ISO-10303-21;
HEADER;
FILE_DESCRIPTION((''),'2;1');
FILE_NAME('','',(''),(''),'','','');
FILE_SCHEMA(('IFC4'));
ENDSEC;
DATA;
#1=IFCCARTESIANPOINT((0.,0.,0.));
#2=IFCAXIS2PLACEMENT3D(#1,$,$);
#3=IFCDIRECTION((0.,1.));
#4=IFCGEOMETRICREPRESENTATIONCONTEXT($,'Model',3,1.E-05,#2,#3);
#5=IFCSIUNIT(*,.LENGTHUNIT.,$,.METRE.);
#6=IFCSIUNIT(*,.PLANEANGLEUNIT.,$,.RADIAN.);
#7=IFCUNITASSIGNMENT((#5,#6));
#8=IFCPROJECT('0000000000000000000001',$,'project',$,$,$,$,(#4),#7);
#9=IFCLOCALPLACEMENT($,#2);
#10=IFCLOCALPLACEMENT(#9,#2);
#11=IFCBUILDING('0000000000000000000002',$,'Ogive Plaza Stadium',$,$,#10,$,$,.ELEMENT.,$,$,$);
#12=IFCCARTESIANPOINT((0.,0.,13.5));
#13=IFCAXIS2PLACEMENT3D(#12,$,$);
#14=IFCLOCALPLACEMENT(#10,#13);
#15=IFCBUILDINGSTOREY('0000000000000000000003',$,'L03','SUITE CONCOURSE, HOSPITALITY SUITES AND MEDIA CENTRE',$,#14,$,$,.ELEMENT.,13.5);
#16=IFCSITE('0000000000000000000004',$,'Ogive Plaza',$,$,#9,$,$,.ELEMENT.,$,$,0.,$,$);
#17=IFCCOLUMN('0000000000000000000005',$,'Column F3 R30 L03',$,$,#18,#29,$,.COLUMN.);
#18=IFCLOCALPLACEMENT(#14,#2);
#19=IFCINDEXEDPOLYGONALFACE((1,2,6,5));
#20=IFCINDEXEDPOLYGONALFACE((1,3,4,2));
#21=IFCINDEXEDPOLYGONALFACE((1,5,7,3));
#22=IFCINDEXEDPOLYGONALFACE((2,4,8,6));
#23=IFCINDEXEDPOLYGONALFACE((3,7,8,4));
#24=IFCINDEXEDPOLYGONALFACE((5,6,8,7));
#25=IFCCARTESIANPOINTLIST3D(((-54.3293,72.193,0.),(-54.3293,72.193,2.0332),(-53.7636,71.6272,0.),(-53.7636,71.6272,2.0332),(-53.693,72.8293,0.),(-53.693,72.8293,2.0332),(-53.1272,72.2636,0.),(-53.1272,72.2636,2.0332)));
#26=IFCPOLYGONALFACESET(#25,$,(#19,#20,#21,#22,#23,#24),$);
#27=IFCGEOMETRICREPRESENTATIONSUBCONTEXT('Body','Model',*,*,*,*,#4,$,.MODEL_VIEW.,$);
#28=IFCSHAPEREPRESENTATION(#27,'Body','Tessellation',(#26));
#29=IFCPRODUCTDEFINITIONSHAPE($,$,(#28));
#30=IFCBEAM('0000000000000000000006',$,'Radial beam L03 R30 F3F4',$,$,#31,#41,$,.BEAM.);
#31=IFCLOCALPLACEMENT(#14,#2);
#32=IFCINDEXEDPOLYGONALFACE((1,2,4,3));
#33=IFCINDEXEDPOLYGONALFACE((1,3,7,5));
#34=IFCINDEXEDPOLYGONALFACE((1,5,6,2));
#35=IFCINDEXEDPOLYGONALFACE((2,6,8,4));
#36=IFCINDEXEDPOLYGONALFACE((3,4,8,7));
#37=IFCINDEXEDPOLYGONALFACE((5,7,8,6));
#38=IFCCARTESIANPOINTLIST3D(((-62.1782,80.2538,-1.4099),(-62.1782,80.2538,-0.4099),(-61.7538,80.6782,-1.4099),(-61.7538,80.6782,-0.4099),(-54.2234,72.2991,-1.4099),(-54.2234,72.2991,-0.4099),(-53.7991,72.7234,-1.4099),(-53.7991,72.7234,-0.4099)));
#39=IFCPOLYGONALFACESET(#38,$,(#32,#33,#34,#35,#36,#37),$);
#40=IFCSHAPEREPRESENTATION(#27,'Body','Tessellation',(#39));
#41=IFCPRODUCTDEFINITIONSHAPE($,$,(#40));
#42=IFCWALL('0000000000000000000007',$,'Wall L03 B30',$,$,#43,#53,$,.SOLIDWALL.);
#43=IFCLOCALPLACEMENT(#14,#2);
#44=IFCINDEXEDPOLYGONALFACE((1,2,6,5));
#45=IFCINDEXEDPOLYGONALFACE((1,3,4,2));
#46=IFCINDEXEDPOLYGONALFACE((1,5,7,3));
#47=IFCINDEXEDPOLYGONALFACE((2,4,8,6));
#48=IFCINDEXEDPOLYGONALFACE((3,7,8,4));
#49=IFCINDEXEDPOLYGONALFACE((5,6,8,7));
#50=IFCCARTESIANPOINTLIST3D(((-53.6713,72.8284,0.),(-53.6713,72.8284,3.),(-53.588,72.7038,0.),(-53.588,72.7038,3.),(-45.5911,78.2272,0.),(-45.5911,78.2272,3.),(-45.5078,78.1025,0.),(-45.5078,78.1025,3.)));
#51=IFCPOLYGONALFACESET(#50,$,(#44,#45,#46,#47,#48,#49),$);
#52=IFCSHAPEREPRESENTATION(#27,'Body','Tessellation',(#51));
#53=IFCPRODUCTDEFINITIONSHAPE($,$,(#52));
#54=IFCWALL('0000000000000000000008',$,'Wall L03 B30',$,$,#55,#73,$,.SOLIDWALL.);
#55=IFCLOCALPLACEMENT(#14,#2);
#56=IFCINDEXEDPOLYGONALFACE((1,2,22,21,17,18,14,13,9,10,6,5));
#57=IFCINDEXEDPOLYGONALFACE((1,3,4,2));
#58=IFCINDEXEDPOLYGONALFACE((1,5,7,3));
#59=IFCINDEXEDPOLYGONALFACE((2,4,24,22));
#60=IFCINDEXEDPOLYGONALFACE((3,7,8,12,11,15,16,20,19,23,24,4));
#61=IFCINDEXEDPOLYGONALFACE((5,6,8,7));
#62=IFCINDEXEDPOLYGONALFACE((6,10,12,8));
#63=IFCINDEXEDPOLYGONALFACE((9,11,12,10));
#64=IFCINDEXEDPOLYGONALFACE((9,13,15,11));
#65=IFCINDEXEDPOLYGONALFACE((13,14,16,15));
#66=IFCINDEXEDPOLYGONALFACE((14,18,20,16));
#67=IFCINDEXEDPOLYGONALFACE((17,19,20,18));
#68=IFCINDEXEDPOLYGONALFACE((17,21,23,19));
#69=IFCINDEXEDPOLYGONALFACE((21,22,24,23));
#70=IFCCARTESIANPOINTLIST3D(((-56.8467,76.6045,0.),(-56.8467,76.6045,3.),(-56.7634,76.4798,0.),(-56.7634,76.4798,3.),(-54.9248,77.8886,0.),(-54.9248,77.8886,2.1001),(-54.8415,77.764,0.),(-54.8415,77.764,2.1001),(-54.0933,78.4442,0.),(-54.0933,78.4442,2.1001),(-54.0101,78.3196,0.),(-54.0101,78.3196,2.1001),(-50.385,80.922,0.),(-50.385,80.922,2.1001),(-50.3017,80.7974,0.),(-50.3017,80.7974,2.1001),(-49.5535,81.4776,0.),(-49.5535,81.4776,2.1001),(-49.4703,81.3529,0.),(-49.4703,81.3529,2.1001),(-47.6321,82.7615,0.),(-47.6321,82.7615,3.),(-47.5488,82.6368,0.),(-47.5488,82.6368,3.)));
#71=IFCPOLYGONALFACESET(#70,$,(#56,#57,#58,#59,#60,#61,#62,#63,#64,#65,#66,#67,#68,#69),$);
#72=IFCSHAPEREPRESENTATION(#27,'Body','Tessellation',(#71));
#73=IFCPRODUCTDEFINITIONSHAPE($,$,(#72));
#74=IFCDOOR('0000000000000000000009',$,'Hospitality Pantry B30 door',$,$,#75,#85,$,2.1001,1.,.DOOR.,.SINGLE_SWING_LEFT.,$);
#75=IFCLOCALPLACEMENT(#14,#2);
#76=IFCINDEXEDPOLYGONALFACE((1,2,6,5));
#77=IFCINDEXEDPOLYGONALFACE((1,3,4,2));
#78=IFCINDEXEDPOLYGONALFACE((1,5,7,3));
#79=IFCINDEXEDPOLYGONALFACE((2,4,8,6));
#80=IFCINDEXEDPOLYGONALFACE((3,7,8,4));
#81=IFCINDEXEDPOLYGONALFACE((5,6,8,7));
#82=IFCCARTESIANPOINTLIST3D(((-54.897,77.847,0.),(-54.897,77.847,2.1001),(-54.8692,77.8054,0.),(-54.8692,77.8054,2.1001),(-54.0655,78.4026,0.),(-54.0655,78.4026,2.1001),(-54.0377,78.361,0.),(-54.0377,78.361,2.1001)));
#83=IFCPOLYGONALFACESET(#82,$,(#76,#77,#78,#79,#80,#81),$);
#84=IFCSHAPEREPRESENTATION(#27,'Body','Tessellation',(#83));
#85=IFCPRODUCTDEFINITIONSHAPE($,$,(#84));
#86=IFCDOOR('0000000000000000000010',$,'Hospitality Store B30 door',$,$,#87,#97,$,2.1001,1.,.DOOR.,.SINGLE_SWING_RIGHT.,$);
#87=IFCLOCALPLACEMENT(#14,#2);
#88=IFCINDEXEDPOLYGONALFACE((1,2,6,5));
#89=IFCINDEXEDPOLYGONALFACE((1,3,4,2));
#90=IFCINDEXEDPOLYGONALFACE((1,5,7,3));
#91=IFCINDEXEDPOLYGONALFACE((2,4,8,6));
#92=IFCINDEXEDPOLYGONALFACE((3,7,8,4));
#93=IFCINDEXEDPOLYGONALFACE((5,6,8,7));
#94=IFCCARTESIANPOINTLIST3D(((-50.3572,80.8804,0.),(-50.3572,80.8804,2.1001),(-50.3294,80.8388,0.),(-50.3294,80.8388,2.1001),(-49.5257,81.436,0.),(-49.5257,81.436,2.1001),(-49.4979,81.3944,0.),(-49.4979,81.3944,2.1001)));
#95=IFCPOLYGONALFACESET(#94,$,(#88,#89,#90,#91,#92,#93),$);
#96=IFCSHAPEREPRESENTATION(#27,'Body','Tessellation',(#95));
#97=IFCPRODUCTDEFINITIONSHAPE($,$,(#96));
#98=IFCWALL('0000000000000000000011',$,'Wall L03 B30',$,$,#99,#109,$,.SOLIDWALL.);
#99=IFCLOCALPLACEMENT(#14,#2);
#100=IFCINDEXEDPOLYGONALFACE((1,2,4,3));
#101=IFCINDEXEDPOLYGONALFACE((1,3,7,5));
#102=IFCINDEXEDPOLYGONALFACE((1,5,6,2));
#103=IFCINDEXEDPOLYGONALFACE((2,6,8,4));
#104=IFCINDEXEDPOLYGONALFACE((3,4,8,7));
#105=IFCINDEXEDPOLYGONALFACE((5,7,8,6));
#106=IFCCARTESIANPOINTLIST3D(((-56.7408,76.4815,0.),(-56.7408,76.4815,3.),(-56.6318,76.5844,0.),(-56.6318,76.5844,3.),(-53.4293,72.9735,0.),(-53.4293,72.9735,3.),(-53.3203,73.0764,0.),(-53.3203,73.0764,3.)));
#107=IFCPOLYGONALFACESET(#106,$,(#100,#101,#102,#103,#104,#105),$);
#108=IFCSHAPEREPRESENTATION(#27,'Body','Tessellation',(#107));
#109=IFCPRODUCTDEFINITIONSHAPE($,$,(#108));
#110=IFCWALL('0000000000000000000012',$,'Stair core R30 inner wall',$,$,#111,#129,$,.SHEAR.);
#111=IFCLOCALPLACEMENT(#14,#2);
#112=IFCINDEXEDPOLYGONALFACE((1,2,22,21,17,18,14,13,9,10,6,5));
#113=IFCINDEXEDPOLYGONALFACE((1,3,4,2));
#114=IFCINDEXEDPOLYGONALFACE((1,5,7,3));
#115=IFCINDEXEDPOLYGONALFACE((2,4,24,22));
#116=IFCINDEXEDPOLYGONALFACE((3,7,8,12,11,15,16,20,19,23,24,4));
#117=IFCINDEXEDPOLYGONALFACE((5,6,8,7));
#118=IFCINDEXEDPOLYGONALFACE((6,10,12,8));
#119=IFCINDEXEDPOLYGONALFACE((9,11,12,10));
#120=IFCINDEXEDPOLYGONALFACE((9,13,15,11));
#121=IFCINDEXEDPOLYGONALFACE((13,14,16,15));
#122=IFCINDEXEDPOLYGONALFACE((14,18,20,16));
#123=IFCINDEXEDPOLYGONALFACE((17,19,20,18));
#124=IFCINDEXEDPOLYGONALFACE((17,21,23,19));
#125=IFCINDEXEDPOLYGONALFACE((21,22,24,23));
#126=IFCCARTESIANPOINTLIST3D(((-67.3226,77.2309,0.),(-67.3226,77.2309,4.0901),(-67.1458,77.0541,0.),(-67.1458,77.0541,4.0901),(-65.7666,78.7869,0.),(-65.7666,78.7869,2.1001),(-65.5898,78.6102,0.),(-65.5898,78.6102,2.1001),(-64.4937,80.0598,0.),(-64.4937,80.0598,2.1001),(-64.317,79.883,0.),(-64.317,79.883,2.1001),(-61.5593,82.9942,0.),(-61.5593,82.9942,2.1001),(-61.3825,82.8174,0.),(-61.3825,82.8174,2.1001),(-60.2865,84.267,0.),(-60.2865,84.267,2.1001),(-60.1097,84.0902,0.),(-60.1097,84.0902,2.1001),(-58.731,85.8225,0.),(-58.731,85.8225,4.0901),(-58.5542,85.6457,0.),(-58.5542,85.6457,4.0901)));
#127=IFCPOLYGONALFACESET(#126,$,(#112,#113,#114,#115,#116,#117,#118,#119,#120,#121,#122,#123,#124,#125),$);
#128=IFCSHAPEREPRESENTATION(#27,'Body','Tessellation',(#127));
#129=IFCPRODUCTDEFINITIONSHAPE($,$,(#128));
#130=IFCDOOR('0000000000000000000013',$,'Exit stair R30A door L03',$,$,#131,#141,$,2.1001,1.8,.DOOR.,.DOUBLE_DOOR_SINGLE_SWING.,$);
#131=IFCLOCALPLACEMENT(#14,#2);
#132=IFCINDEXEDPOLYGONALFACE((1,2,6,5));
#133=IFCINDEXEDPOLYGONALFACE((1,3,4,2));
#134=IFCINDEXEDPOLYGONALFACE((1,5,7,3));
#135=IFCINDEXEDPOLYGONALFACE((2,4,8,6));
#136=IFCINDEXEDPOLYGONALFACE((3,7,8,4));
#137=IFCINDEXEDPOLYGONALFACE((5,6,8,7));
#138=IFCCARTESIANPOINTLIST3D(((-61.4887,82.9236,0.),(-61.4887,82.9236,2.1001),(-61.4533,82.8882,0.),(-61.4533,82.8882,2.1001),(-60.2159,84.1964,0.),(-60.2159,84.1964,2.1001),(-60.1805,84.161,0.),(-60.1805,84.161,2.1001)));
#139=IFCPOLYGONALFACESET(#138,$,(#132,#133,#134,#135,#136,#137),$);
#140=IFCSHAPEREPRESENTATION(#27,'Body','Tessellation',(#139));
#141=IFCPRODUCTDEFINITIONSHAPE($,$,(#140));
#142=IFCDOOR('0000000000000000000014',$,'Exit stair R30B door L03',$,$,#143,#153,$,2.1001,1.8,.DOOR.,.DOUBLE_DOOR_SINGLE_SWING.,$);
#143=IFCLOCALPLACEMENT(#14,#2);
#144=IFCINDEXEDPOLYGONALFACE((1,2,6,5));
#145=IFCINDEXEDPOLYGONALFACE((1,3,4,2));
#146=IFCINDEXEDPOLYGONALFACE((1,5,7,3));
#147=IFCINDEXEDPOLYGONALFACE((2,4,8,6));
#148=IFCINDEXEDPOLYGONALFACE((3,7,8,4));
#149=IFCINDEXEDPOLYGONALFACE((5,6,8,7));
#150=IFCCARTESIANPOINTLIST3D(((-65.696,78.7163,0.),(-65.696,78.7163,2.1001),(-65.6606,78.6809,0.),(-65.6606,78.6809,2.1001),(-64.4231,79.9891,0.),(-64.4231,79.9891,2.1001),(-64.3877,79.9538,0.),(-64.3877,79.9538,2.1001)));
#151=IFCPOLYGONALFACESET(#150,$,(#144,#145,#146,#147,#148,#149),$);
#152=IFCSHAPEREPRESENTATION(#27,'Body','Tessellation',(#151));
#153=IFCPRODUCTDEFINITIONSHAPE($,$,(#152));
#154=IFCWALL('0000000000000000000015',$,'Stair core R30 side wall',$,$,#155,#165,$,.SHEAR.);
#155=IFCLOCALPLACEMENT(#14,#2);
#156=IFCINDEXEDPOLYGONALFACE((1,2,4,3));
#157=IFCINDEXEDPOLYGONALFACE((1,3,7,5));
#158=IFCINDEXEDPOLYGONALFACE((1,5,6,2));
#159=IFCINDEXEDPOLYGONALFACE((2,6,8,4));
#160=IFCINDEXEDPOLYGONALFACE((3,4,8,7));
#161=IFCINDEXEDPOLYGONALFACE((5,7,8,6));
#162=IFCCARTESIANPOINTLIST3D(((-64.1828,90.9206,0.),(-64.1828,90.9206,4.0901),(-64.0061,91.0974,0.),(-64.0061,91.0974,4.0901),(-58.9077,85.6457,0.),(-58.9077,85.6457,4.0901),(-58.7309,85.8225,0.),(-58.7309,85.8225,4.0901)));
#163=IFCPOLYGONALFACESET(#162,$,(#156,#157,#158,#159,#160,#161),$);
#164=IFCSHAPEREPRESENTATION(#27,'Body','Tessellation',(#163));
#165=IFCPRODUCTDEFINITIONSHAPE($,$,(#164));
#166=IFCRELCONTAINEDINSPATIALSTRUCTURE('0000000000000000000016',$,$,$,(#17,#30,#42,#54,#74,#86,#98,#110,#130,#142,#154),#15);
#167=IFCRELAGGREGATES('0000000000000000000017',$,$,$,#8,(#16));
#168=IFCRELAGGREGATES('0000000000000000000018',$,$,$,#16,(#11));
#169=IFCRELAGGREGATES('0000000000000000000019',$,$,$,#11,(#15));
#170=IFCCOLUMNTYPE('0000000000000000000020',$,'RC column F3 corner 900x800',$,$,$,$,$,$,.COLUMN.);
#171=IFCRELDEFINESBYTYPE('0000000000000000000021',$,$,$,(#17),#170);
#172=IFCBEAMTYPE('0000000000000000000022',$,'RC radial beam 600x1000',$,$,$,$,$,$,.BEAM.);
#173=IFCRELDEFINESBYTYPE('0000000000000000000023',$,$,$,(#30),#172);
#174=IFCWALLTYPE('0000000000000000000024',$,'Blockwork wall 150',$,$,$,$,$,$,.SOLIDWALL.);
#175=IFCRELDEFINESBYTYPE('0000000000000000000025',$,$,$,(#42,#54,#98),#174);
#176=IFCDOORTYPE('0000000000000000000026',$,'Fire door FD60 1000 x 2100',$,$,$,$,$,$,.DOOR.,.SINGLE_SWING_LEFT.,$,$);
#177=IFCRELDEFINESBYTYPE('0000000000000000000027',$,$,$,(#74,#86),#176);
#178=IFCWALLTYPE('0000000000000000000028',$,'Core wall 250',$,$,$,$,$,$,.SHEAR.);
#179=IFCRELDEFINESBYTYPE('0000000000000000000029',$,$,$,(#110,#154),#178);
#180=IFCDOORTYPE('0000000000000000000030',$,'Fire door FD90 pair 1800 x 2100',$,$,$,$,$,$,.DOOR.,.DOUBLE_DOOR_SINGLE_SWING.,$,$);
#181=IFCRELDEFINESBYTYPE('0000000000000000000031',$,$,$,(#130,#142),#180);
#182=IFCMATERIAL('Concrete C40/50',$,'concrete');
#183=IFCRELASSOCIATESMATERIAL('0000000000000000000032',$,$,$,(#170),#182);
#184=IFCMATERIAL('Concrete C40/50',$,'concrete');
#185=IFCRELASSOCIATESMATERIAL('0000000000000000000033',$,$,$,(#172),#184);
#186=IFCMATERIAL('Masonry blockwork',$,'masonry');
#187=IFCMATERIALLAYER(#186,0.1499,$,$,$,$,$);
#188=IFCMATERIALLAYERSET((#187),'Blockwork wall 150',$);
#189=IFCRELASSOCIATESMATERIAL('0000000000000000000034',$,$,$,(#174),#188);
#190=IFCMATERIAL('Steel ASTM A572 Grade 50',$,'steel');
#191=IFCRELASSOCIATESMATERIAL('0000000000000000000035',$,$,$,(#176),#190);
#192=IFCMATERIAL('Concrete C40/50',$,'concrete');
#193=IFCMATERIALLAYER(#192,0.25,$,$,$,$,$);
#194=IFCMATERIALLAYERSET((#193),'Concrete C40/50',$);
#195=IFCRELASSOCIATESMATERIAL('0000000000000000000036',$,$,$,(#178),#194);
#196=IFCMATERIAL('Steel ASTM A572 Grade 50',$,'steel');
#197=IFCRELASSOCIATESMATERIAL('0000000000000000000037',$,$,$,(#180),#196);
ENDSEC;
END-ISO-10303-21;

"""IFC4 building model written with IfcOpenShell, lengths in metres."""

from ifc_helpers import new_model, si_unit, direction, frame, frame_2d, origin, origin_2d, place, context, subcontext, project, spatial, rectangle, extrude, material, layer, layer_set, material_profile, profile_set, type_object, element, fill, save


model = new_model("IFC4")

# Units and contexts
model_context = context("Model", 3, precision=1e-05, world=origin(), true_north=direction((0.0, 1.0)))
body_context = subcontext(model_context, "Body", "Model", "MODEL_VIEW")
ifc_project = project(units=[si_unit("LENGTHUNIT", "METRE"), si_unit("PLANEANGLEUNIT", "RADIAN")], contexts=[model_context])

# Site, building, storey
site_placement = place(None, origin())
site = spatial("IfcSite", under=ifc_project, at=site_placement, Name="Ogive Plaza", CompositionType="ELEMENT", RefElevation=0.0)
building_placement = place(site_placement, origin())
building = spatial("IfcBuilding", under=site, at=building_placement, Name="Ogive Plaza Stadium", CompositionType="ELEMENT")
storey_placement = place(building_placement, frame((0.0, 0.0, 13.5)))
storey = spatial("IfcBuildingStorey", under=building, at=storey_placement, Name="L03", Description="SUITE CONCOURSE, HOSPITALITY SUITES AND MEDIA CENTRE", CompositionType="ELEMENT", Elevation=13.5)

# Column
ifc_material_1 = material(Name="Concrete C40/50", Category="concrete")
ifc_material_profile_1 = material_profile(ifc_material_1, rectangle(XDim=0.8999, YDim=0.8, at=origin_2d()), Name="RC 900x800")
ifc_profile_set_1 = profile_set([ifc_material_profile_1], Name="Concrete C40/50")
column_type = type_object("IfcColumnType", Name="RC column F3 corner 900x800", PredefinedType="COLUMN", material=ifc_profile_set_1)
column_placement = place(storey_placement, frame((-53.7283, 72.2283, 0.0), z_axis=(0.0, 0.0, 1.0), x_axis=(-0.707107, -0.707107, 0.0)))
element("IfcColumn", 1, at=column_placement, inside=storey, type_object=column_type, Name="Column F3 R30 L03", PredefinedType="COLUMN", context=body_context, shape_type="SweptSolid", body=[
    extrude(rectangle(XDim=0.8999, YDim=0.8, at=origin_2d()), origin(), (0.0, 0.0, 1.0), 2.0332),
])

# Beam
ifc_material_2 = material(Name="Concrete C40/50", Category="concrete")
ifc_material_profile_2 = material_profile(ifc_material_2, rectangle(XDim=0.6001, YDim=1.0, at=origin_2d()), Name="RC 600x1000")
ifc_profile_set_2 = profile_set([ifc_material_profile_2], Name="Concrete C40/50")
beam_type = type_object("IfcBeamType", Name="RC radial beam 600x1000", PredefinedType="BEAM", material=ifc_profile_set_2)
beam_placement = place(storey_placement, frame((-54.0112, 72.5112, -0.9099), z_axis=(-0.707107, 0.707107, 0.0), x_axis=(-0.707107, -0.707107, 0.0)))
element("IfcBeam", 2, at=beam_placement, inside=storey, type_object=beam_type, Name="Radial beam L03 R30 F3F4", PredefinedType="BEAM", context=body_context, shape_type="SweptSolid", body=[
    extrude(rectangle(XDim=0.6001, YDim=1.0, at=origin_2d()), origin(), (0.0, 0.0, 1.0), 11.2498),
])

# Wall
ifc_material_3 = material(Name="Masonry blockwork", Category="masonry")
ifc_layer_1 = layer(ifc_material_3, 0.1499)
ifc_layer_set_1 = layer_set([ifc_layer_1], Name="Blockwork wall 150")
wall_type_1 = type_object("IfcWallType", Name="Blockwork wall 150", PredefinedType="SOLIDWALL", material=ifc_layer_set_1)
wall_1_placement = place(storey_placement, frame((-53.6296, 72.7661, 0.0), z_axis=(0.0, 0.0, 1.0), x_axis=(0.831482, 0.555552, 0.0)))
element("IfcWall", 3, at=wall_1_placement, inside=storey, type_object=wall_type_1, Name="Wall L03 B30", PredefinedType="SOLIDWALL", context=body_context, shape_type="SweptSolid", body=[
    extrude(rectangle(XDim=9.7178, YDim=0.1499, at=frame_2d((4.8589, 0.0))), origin(), (0.0, 0.0, 1.0), 3.0),
])

# Wall, openings, doors
wall_2_placement = place(storey_placement, frame((-56.8049, 76.5422, 0.0), z_axis=(0.0, 0.0, 1.0), x_axis=(0.83147, 0.555569, 0.0)))
wall_2 = element("IfcWall", 4, at=wall_2_placement, inside=storey, type_object=wall_type_1, Name="Wall L03 B30", PredefinedType="SOLIDWALL", context=body_context, shape_type="SweptSolid", body=[
    extrude(rectangle(XDim=11.0823, YDim=0.1499, at=frame_2d((5.541, 0.0))), origin(), (0.0, 0.0, 1.0), 3.0),
])
opening_1_placement = place(wall_2_placement, frame((2.3113, 0.0, 0.0)))
opening_1 = element("IfcOpeningElement", 5, at=opening_1_placement, cuts=wall_2, PredefinedType="OPENING", context=body_context, shape_type="SweptSolid", body=[
    extrude(rectangle(XDim=1.0, YDim=2.1001, at=frame_2d((0.5, 1.05))), frame((0.0, 0.075, 0.0), z_axis=(0.0, -1.0, 0.0), x_axis=(1.0, 0.0, 0.0)), (0.0, 0.0, 1.0), 0.1499),
])
opening_2_placement = place(wall_2_placement, frame((7.7712, 0.0, 0.0)))
opening_2 = element("IfcOpeningElement", 6, at=opening_2_placement, cuts=wall_2, PredefinedType="OPENING", context=body_context, shape_type="SweptSolid", body=[
    extrude(rectangle(XDim=1.0, YDim=2.1001, at=frame_2d((0.5, 1.05))), frame((0.0, 0.075, 0.0), z_axis=(0.0, -1.0, 0.0), x_axis=(1.0, 0.0, 0.0)), (0.0, 0.0, 1.0), 0.1499),
])
ifc_material_4 = material(Name="Steel ASTM A572 Grade 50", Category="steel")
door_type_1 = type_object("IfcDoorType", Name="Fire door FD60 1000 x 2100", OperationType="SINGLE_SWING_LEFT", PredefinedType="DOOR", material=ifc_material_4)
door_1_placement = place(opening_1_placement, origin())
door_1 = element("IfcDoor", 7, at=door_1_placement, inside=storey, type_object=door_type_1, Name="Hospitality Pantry B30 door", OperationType="SINGLE_SWING_LEFT", OverallHeight=2.1001, OverallWidth=1.0, PredefinedType="DOOR", context=body_context, shape_type="SweptSolid", body=[
    extrude(rectangle(XDim=1.0, YDim=2.1001, at=frame_2d((0.5, 1.05))), frame((0.0, 0.0249, 0.0), z_axis=(0.0, -1.0, 0.0), x_axis=(1.0, 0.0, 0.0)), (0.0, 0.0, 1.0), 0.05),
])
fill(opening_1, door_1)
door_2_placement = place(opening_2_placement, origin())
door_2 = element("IfcDoor", 8, at=door_2_placement, inside=storey, type_object=door_type_1, Name="Hospitality Store B30 door", OperationType="SINGLE_SWING_RIGHT", OverallHeight=2.1001, OverallWidth=1.0, PredefinedType="DOOR", context=body_context, shape_type="SweptSolid", body=[
    extrude(rectangle(XDim=1.0, YDim=2.1001, at=frame_2d((0.5, 1.05))), frame((0.0, 0.0249, 0.0), z_axis=(0.0, -1.0, 0.0), x_axis=(1.0, 0.0, 0.0)), (0.0, 0.0, 1.0), 0.05),
])
fill(opening_2, door_2)

# Wall
wall_3_placement = place(storey_placement, frame((-53.3748, 73.0249, 0.0), z_axis=(0.0, 0.0, 1.0), x_axis=(-0.686444, 0.727183, 0.0)))
element("IfcWall", 9, at=wall_3_placement, inside=storey, type_object=wall_type_1, Name="Wall L03 B30", PredefinedType="SOLIDWALL", context=body_context, shape_type="SweptSolid", body=[
    extrude(rectangle(XDim=4.8242, YDim=0.1499, at=frame_2d((2.4121, 0.0))), origin(), (0.0, 0.0, 1.0), 3.0),
])

# Wall, openings, doors
ifc_material_5 = material(Name="Concrete C40/50", Category="concrete")
ifc_layer_2 = layer(ifc_material_5, 0.25)
ifc_layer_set_2 = layer_set([ifc_layer_2], Name="Concrete C40/50")
wall_type_2 = type_object("IfcWallType", Name="Core wall 250", PredefinedType="SHEAR", material=ifc_layer_set_2)
wall_4_placement = place(storey_placement, frame((-58.6426, 85.7341, 0.0), z_axis=(0.0, 0.0, 1.0), x_axis=(-0.707107, -0.707107, 0.0)))
wall_4 = element("IfcWall", 10, at=wall_4_placement, inside=storey, type_object=wall_type_2, Name="Stair core R30 inner wall", PredefinedType="SHEAR", context=body_context, shape_type="SweptSolid", body=[
    extrude(rectangle(XDim=12.1504, YDim=0.25, at=frame_2d((6.0752, 0.0))), origin(), (0.0, 0.0, 1.0), 4.0901),
])
opening_3_placement = place(wall_4_placement, frame((2.2, 0.0, 0.0)))
opening_3 = element("IfcOpeningElement", 11, at=opening_3_placement, cuts=wall_4, PredefinedType="OPENING", context=body_context, shape_type="SweptSolid", body=[
    extrude(rectangle(XDim=1.8, YDim=2.1001, at=frame_2d((0.8999, 1.05))), frame((0.0, 0.125, 0.0), z_axis=(0.0, -1.0, 0.0), x_axis=(1.0, 0.0, 0.0)), (0.0, 0.0, 1.0), 0.25),
])
opening_4_placement = place(wall_4_placement, frame((8.1499, 0.0, 0.0)))
opening_4 = element("IfcOpeningElement", 12, at=opening_4_placement, cuts=wall_4, PredefinedType="OPENING", context=body_context, shape_type="SweptSolid", body=[
    extrude(rectangle(XDim=1.8, YDim=2.1001, at=frame_2d((0.8999, 1.05))), frame((0.0, 0.125, 0.0), z_axis=(0.0, -1.0, 0.0), x_axis=(1.0, 0.0, 0.0)), (0.0, 0.0, 1.0), 0.25),
])
ifc_material_6 = material(Name="Steel ASTM A572 Grade 50", Category="steel")
door_type_2 = type_object("IfcDoorType", Name="Fire door FD90 pair 1800 x 2100", OperationType="DOUBLE_DOOR_SINGLE_SWING", PredefinedType="DOOR", material=ifc_material_6)
door_3_placement = place(opening_3_placement, origin())
door_3 = element("IfcDoor", 13, at=door_3_placement, inside=storey, type_object=door_type_2, Name="Exit stair R30A door L03", OperationType="DOUBLE_DOOR_SINGLE_SWING", OverallHeight=2.1001, OverallWidth=1.8, PredefinedType="DOOR", context=body_context, shape_type="SweptSolid", body=[
    extrude(rectangle(XDim=1.8, YDim=2.1001, at=frame_2d((0.8999, 1.05))), frame((0.0, 0.0249, 0.0), z_axis=(0.0, -1.0, 0.0), x_axis=(1.0, 0.0, 0.0)), (0.0, 0.0, 1.0), 0.05),
])
fill(opening_3, door_3)
door_4_placement = place(opening_4_placement, origin())
door_4 = element("IfcDoor", 14, at=door_4_placement, inside=storey, type_object=door_type_2, Name="Exit stair R30B door L03", OperationType="DOUBLE_DOOR_SINGLE_SWING", OverallHeight=2.1001, OverallWidth=1.8, PredefinedType="DOOR", context=body_context, shape_type="SweptSolid", body=[
    extrude(rectangle(XDim=1.8, YDim=2.1001, at=frame_2d((0.8999, 1.05))), frame((0.0, 0.0249, 0.0), z_axis=(0.0, -1.0, 0.0), x_axis=(1.0, 0.0, 0.0)), (0.0, 0.0, 1.0), 0.05),
])
fill(opening_4, door_4)

# Wall
wall_5_placement = place(storey_placement, frame((-58.8193, 85.7341, 0.0), z_axis=(0.0, 0.0, 1.0), x_axis=(-0.707123, 0.70709, 0.0)))
element("IfcWall", 15, at=wall_5_placement, inside=storey, type_object=wall_type_2, Name="Stair core R30 side wall", PredefinedType="SHEAR", context=body_context, shape_type="SweptSolid", body=[
    extrude(rectangle(XDim=7.46, YDim=0.25, at=frame_2d((3.73, 0.0))), origin(), (0.0, 0.0, 1.0), 4.0901),
])

save(model, "model.ifc")
